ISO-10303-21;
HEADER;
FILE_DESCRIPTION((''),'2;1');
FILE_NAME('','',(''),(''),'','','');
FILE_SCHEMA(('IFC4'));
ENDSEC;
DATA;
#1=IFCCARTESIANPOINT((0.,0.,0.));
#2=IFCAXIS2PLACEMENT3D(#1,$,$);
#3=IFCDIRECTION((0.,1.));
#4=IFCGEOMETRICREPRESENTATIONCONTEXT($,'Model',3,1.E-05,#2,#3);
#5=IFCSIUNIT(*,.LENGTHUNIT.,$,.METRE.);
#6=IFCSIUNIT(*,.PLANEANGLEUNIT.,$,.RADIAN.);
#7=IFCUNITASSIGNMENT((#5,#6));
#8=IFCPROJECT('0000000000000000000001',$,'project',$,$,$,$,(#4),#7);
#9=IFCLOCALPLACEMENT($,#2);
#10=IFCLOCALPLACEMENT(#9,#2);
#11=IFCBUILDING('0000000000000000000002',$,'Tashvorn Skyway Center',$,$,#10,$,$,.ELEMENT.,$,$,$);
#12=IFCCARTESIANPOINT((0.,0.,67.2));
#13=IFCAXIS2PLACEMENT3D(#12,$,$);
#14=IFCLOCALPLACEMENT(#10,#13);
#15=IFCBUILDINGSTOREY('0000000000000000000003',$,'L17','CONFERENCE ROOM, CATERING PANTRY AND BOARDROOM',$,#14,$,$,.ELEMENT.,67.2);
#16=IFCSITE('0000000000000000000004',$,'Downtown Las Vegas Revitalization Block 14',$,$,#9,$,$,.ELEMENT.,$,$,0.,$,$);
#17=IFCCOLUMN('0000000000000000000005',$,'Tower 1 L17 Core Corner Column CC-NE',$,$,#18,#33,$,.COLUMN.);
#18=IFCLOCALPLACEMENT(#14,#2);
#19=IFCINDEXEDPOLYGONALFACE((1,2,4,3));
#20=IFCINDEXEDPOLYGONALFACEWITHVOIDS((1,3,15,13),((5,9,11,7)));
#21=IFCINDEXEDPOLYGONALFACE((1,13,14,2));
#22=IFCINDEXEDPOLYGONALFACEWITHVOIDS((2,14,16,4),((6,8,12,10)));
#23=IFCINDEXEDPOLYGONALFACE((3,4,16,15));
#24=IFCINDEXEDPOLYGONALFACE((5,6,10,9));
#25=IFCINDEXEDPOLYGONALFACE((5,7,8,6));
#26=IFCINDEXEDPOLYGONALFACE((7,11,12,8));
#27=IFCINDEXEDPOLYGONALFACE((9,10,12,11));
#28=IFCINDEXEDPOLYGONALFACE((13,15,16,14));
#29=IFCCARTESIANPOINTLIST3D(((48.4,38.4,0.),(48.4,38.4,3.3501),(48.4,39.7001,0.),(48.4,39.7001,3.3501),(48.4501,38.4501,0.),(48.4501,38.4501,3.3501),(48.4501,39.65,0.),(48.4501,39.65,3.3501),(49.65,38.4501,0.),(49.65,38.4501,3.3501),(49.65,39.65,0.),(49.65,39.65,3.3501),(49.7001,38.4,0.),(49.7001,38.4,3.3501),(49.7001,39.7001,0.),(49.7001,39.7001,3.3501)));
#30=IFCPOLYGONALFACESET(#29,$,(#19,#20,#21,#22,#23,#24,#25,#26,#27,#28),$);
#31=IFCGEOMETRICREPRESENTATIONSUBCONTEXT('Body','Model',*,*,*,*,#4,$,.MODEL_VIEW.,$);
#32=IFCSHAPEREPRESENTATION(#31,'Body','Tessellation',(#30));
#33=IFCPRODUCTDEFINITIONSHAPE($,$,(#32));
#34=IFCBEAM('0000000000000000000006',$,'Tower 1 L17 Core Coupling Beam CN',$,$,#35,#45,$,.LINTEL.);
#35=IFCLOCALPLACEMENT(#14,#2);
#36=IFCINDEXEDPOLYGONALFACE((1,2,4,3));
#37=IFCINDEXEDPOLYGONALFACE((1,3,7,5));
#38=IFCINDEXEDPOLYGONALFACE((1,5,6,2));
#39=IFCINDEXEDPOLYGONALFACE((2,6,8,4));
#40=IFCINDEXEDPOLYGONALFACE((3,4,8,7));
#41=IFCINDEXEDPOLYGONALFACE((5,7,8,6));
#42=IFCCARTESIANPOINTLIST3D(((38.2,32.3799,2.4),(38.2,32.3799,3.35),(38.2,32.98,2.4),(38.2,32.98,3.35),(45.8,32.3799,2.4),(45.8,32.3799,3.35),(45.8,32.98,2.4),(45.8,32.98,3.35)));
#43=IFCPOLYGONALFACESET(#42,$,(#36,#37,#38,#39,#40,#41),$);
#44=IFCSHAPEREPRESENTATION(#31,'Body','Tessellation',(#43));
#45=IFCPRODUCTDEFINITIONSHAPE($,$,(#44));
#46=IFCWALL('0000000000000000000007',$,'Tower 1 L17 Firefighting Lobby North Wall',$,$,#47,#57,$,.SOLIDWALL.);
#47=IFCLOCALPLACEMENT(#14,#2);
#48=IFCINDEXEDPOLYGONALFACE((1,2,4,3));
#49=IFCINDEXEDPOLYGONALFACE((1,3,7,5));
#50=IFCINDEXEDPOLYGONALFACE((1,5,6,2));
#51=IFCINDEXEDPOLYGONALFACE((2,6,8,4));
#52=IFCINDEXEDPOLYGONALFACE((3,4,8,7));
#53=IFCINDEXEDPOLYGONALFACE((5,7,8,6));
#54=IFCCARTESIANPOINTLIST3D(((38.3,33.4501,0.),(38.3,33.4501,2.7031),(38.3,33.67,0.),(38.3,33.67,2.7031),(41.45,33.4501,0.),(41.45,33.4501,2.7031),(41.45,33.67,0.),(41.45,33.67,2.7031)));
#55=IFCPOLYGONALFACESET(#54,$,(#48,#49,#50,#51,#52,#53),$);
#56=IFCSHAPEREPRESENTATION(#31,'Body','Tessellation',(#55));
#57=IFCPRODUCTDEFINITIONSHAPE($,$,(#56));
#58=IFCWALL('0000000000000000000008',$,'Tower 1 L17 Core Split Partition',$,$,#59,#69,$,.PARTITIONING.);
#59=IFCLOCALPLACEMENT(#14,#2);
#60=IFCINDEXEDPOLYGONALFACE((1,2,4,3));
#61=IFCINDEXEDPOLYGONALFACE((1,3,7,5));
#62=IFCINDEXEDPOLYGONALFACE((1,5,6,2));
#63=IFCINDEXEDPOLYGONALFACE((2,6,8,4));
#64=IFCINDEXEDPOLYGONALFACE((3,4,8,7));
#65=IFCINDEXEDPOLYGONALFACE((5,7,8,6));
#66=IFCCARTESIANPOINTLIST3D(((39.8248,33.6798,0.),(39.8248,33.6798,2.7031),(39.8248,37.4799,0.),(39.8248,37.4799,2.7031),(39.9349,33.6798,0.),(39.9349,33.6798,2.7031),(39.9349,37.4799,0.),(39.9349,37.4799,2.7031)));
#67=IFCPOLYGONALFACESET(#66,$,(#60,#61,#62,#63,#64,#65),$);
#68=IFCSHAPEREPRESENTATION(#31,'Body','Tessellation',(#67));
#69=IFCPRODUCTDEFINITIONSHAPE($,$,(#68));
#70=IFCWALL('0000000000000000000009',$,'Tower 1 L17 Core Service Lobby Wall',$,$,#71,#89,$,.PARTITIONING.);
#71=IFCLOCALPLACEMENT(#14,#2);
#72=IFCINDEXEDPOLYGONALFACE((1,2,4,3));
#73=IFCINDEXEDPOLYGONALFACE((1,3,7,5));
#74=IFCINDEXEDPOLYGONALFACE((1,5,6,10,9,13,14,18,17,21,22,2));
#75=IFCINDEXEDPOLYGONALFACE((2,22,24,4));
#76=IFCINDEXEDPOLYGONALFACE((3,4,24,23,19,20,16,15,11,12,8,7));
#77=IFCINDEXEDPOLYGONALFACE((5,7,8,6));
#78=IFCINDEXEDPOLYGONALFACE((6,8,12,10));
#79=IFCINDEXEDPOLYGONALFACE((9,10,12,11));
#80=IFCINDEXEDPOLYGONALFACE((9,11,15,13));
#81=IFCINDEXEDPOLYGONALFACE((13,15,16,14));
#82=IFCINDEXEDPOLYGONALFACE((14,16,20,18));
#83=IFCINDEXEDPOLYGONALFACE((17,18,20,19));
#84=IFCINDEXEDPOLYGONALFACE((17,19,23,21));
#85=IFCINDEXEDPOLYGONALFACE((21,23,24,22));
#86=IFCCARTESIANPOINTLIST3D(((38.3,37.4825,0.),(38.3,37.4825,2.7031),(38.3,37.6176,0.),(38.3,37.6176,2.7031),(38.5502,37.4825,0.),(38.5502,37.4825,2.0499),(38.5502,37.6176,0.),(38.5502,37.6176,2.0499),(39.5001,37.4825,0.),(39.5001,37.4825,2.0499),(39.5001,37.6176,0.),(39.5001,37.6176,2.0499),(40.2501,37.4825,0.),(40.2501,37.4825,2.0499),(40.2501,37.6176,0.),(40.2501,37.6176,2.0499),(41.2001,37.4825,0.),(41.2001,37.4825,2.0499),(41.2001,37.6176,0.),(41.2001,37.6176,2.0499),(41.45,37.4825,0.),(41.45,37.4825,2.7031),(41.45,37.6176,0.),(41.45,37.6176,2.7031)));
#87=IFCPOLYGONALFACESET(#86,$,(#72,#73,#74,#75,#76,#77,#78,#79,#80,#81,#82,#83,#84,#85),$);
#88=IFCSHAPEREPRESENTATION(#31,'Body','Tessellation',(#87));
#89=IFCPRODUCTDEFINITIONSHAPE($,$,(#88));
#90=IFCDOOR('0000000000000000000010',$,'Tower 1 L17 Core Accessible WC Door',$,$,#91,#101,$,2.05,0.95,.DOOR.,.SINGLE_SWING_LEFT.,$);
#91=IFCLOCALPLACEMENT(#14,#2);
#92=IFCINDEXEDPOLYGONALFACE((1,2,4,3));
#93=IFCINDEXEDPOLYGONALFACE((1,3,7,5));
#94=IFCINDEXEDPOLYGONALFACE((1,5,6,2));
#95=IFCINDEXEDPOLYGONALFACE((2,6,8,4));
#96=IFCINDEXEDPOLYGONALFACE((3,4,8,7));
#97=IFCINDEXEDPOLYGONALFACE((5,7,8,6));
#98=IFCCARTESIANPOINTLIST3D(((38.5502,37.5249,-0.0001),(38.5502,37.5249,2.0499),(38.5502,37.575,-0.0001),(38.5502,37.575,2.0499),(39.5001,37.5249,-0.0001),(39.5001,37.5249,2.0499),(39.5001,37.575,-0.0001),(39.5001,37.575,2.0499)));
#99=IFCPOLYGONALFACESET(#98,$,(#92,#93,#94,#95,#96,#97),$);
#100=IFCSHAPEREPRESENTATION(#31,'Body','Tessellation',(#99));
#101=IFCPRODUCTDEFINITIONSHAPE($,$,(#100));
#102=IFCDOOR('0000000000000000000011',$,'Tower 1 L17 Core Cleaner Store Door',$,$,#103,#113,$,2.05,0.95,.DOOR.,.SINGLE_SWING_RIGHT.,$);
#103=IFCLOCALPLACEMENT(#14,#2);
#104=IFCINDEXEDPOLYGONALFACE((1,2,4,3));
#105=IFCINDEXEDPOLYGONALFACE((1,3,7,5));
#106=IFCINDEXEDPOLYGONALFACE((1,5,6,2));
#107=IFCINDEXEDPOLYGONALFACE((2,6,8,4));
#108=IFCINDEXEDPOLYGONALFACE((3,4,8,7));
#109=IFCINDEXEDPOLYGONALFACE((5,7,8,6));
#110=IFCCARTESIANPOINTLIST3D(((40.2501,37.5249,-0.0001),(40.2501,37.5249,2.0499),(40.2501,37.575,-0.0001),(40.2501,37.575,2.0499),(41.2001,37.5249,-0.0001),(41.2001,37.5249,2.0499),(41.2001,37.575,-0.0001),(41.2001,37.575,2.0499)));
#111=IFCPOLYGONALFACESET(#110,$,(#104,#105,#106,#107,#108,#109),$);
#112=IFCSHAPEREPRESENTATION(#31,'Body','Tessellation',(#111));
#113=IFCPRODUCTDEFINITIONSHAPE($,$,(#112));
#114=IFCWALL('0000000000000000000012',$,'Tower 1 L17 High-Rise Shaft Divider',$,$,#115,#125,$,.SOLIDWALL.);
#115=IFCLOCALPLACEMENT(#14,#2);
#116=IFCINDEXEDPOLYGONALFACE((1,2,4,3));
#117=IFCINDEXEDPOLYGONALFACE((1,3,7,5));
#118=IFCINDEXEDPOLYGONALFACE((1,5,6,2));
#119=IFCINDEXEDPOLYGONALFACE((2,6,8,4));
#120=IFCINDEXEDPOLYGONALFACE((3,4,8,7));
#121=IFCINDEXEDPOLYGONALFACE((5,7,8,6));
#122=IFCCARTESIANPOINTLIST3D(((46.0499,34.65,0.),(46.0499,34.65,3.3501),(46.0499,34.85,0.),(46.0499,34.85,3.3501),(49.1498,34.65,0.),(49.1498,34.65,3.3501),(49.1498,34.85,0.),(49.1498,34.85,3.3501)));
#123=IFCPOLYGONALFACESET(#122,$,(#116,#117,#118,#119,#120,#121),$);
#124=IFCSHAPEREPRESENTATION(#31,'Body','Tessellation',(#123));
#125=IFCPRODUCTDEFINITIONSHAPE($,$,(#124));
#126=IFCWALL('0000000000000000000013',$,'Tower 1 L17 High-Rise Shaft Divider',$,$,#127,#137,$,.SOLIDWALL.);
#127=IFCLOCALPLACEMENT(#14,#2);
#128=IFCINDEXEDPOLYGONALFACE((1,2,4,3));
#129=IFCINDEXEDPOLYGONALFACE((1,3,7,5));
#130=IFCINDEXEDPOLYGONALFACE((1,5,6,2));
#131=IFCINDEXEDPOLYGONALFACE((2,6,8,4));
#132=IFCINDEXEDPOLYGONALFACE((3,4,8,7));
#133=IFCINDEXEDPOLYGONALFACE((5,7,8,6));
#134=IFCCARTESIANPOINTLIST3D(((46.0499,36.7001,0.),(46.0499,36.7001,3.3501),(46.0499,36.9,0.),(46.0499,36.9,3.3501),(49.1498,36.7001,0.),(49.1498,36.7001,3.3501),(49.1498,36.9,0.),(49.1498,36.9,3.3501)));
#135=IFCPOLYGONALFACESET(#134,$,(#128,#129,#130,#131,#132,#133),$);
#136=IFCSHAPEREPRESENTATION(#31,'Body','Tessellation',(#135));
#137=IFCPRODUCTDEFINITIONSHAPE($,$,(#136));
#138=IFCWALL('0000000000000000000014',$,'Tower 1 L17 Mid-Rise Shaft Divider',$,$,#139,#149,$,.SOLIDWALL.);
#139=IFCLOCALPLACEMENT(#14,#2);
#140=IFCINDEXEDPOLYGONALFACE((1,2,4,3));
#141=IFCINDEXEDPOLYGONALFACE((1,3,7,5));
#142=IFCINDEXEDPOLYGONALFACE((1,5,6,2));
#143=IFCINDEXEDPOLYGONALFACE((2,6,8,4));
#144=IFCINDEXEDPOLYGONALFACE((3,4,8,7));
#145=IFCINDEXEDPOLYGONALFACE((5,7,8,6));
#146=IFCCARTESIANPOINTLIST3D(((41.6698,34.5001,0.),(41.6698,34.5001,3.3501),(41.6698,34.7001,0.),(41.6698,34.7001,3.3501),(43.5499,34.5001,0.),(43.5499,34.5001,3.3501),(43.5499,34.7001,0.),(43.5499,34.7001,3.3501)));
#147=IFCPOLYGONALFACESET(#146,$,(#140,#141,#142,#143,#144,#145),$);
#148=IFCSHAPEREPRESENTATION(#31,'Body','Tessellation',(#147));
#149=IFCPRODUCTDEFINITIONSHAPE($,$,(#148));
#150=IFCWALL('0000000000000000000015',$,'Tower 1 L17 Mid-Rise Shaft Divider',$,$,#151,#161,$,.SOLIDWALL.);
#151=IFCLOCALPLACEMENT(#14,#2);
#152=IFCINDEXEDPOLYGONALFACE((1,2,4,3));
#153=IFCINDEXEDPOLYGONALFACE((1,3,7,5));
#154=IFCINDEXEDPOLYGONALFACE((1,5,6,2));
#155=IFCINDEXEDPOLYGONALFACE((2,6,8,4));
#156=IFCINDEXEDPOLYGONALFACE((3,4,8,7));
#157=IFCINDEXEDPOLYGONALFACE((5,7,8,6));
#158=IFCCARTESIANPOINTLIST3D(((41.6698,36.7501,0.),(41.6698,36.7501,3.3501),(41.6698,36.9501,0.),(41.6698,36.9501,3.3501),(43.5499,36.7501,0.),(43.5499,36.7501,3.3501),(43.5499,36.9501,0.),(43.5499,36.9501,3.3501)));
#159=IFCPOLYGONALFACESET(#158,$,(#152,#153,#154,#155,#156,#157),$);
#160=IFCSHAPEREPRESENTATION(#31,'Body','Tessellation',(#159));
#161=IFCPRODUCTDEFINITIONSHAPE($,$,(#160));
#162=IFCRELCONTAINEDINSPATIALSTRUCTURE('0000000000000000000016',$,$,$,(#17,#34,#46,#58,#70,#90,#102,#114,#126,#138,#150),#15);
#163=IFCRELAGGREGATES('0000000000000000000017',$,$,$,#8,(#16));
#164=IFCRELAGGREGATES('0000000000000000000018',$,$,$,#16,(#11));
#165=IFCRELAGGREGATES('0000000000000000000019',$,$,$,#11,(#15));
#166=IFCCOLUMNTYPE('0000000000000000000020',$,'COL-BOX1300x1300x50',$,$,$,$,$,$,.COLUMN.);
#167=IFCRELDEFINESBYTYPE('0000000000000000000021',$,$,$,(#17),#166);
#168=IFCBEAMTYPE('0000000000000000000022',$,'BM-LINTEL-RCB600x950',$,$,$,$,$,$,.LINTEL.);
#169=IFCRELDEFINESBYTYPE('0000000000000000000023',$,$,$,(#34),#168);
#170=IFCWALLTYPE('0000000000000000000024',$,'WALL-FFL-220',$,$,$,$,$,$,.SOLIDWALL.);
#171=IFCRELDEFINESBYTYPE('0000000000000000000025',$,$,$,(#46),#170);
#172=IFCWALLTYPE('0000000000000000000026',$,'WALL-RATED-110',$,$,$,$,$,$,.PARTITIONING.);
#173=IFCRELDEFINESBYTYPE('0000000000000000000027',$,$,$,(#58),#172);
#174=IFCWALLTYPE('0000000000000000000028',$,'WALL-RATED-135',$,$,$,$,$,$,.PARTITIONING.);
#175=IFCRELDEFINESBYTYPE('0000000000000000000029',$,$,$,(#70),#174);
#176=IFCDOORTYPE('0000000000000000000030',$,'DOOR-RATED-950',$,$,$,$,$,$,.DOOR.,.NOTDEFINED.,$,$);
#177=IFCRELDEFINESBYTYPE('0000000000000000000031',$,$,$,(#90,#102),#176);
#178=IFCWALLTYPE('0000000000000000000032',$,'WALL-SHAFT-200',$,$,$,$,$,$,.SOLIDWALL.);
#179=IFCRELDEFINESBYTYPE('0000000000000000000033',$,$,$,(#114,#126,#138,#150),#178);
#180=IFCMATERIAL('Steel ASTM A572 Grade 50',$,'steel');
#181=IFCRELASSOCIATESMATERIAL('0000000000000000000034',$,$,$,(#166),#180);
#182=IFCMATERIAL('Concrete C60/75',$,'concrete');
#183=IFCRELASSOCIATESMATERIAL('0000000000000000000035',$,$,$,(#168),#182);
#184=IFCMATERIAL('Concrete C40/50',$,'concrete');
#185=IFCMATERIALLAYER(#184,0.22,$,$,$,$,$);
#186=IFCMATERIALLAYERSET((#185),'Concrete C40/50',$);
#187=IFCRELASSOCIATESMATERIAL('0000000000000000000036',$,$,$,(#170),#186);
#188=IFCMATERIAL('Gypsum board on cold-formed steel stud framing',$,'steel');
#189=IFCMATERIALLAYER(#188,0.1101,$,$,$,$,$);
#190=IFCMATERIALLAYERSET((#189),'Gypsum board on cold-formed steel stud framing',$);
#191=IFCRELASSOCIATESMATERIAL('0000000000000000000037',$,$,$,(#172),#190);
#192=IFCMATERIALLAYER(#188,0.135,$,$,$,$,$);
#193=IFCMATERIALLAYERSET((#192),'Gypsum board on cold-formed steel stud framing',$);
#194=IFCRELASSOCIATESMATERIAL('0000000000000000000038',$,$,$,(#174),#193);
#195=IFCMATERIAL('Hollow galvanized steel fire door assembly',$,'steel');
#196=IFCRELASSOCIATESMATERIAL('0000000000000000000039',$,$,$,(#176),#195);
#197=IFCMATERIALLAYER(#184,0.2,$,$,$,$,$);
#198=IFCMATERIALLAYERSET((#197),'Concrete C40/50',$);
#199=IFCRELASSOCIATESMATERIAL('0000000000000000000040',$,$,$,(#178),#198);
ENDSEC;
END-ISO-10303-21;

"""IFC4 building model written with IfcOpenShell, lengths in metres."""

from ifc_helpers import new_model, si_unit, direction, frame, frame_2d, origin, origin_2d, place, context, subcontext, project, spatial, rectangle, hollow_rectangle, extrude, material, layer, layer_set, material_profile, profile_set, type_object, element, fill, save


model = new_model("IFC4")

# Units and contexts
model_context = context("Model", 3, precision=1e-05, world=origin(), true_north=direction((0.0, 1.0)))
body_context = subcontext(model_context, "Body", "Model", "MODEL_VIEW")
ifc_project = project(units=[si_unit("LENGTHUNIT", "METRE"), si_unit("PLANEANGLEUNIT", "RADIAN")], contexts=[model_context])

# Site, building, storey
site_placement = place(None, origin())
site = spatial("IfcSite", under=ifc_project, at=site_placement, Name="Downtown Las Vegas Revitalization Block 14", CompositionType="ELEMENT", RefElevation=0.0)
building_placement = place(site_placement, origin())
building = spatial("IfcBuilding", under=site, at=building_placement, Name="Tashvorn Skyway Center", CompositionType="ELEMENT")
storey_placement = place(building_placement, frame((0.0, 0.0, 67.2)))
storey = spatial("IfcBuildingStorey", under=building, at=storey_placement, Name="L17", Description="CONFERENCE ROOM, CATERING PANTRY AND BOARDROOM", CompositionType="ELEMENT", Elevation=67.2)

# Column
ifc_material_1 = material(Name="Steel ASTM A572 Grade 50", Category="steel")
ifc_material_profile_1 = material_profile(ifc_material_1, hollow_rectangle(XDim=1.3, YDim=1.3, WallThickness=0.05, at=origin_2d()), Name="BOX1300x1300x50")
ifc_profile_set_1 = profile_set([ifc_material_profile_1], Name="Steel ASTM A572 Grade 50")
column_type = type_object("IfcColumnType", Name="COL-BOX1300x1300x50", PredefinedType="COLUMN", material=ifc_profile_set_1)
column_placement = place(storey_placement, frame((49.05, 39.05, 0.0), z_axis=(0.0, 0.0, 1.0), x_axis=(1.0, 0.0, 0.0)))
element("IfcColumn", 1, at=column_placement, inside=storey, type_object=column_type, Name="Tower 1 L17 Core Corner Column CC-NE", PredefinedType="COLUMN", context=body_context, shape_type="SweptSolid", body=[
    extrude(hollow_rectangle(XDim=1.3, YDim=1.3, WallThickness=0.05, at=origin_2d()), origin(), (0.0, 0.0, 1.0), 3.3501),
])

# Beam
ifc_material_2 = material(Name="Concrete C60/75", Category="concrete")
ifc_material_profile_2 = material_profile(ifc_material_2, rectangle(XDim=0.6001, YDim=0.95, at=origin_2d()), Name="RCB600x950")
ifc_profile_set_2 = profile_set([ifc_material_profile_2], Name="Concrete C60/75")
beam_type = type_object("IfcBeamType", Name="BM-LINTEL-RCB600x950", PredefinedType="LINTEL", material=ifc_profile_set_2)
beam_placement = place(storey_placement, frame((38.2, 32.6799, 2.875), z_axis=(1.0, 0.0, 0.0), x_axis=(0.0, 1.0, 0.0)))
element("IfcBeam", 2, at=beam_placement, inside=storey, type_object=beam_type, Name="Tower 1 L17 Core Coupling Beam CN", PredefinedType="LINTEL", context=body_context, shape_type="SweptSolid", body=[
    extrude(rectangle(XDim=0.6001, YDim=0.95, at=origin_2d()), origin(), (0.0, 0.0, 1.0), 7.6001),
])

# Walls
ifc_material_3 = material(Name="Concrete C40/50", Category="concrete")
ifc_layer_1 = layer(ifc_material_3, 0.22)
ifc_layer_set_1 = layer_set([ifc_layer_1], Name="Concrete C40/50")
wall_type_1 = type_object("IfcWallType", Name="WALL-FFL-220", PredefinedType="SOLIDWALL", material=ifc_layer_set_1)
wall_1_placement = place(storey_placement, frame((38.3, 33.5601, 0.0), z_axis=(0.0, 0.0, 1.0), x_axis=(1.0, 0.0, 0.0)))
element("IfcWall", 3, at=wall_1_placement, inside=storey, type_object=wall_type_1, Name="Tower 1 L17 Firefighting Lobby North Wall", PredefinedType="SOLIDWALL", context=body_context, shape_type="SweptSolid", body=[
    extrude(rectangle(XDim=3.1499, YDim=0.22, at=frame_2d((1.575, 0.0))), origin(), (0.0, 0.0, 1.0), 2.7031),
])
ifc_material_4 = material(Name="Gypsum board on cold-formed steel stud framing", Category="steel")
ifc_layer_2 = layer(ifc_material_4, 0.1101)
ifc_layer_set_2 = layer_set([ifc_layer_2], Name="Gypsum board on cold-formed steel stud framing")
wall_type_2 = type_object("IfcWallType", Name="WALL-RATED-110", PredefinedType="PARTITIONING", material=ifc_layer_set_2)
wall_2_placement = place(storey_placement, frame((39.8799, 33.6799, 0.0), z_axis=(0.0, 0.0, 1.0), x_axis=(0.0, 1.0, 0.0)))
element("IfcWall", 4, at=wall_2_placement, inside=storey, type_object=wall_type_2, Name="Tower 1 L17 Core Split Partition", PredefinedType="PARTITIONING", context=body_context, shape_type="SweptSolid", body=[
    extrude(rectangle(XDim=3.8, YDim=0.1101, at=frame_2d((1.8999, 0.0))), origin(), (0.0, 0.0, 1.0), 2.7031),
])

# Wall, openings, doors
ifc_layer_3 = layer(ifc_material_4, 0.135)
ifc_layer_set_3 = layer_set([ifc_layer_3], Name="Gypsum board on cold-formed steel stud framing")
wall_type_3 = type_object("IfcWallType", Name="WALL-RATED-135", PredefinedType="PARTITIONING", material=ifc_layer_set_3)
wall_3_placement = place(storey_placement, frame((38.3, 37.55, 0.0), z_axis=(0.0, 0.0, 1.0), x_axis=(1.0, 0.0, 0.0)))
wall_3 = element("IfcWall", 5, at=wall_3_placement, inside=storey, type_object=wall_type_3, Name="Tower 1 L17 Core Service Lobby Wall", PredefinedType="PARTITIONING", context=body_context, shape_type="SweptSolid", body=[
    extrude(rectangle(XDim=3.1499, YDim=0.135, at=frame_2d((1.575, 0.0))), origin(), (0.0, 0.0, 1.0), 2.7031),
])
opening_1_placement = place(wall_3_placement, frame((0.25, 0.0, 0.0)))
opening_1 = element("IfcOpeningElement", 6, at=opening_1_placement, cuts=wall_3, PredefinedType="OPENING", context=body_context, shape_type="SweptSolid", body=[
    extrude(rectangle(XDim=0.95, YDim=2.05, at=frame_2d((0.4751, 1.0249))), frame((0.0, 0.0774, 0.0), z_axis=(0.0, -1.0, 0.0), x_axis=(1.0, 0.0, 0.0)), (0.0, 0.0, 1.0), 0.155),
])
opening_2_placement = place(wall_3_placement, frame((1.95, 0.0, 0.0)))
opening_2 = element("IfcOpeningElement", 7, at=opening_2_placement, cuts=wall_3, PredefinedType="OPENING", context=body_context, shape_type="SweptSolid", body=[
    extrude(rectangle(XDim=0.95, YDim=2.05, at=frame_2d((0.4751, 1.0249))), frame((0.0, 0.0774, 0.0), z_axis=(0.0, -1.0, 0.0), x_axis=(1.0, 0.0, 0.0)), (0.0, 0.0, 1.0), 0.155),
])
ifc_material_5 = material(Name="Hollow galvanized steel fire door assembly", Category="steel")
door_type_1 = type_object("IfcDoorType", Name="DOOR-RATED-950", OperationType="NOTDEFINED", PredefinedType="DOOR", material=ifc_material_5)
door_1_placement = place(opening_1_placement, origin())
door_1 = element("IfcDoor", 8, at=door_1_placement, inside=storey, type_object=door_type_1, Name="Tower 1 L17 Core Accessible WC Door", OperationType="SINGLE_SWING_LEFT", OverallHeight=2.05, OverallWidth=0.95, PredefinedType="DOOR", context=body_context, shape_type="SweptSolid", body=[
    extrude(rectangle(XDim=0.95, YDim=2.05, at=frame_2d((0.4751, 1.0249))), frame((0.0, 0.0249, 0.0), z_axis=(0.0, -1.0, 0.0), x_axis=(1.0, 0.0, 0.0)), (0.0, 0.0, 1.0), 0.05),
])
fill(opening_1, door_1)
door_2_placement = place(opening_2_placement, origin())
door_2 = element("IfcDoor", 9, at=door_2_placement, inside=storey, type_object=door_type_1, Name="Tower 1 L17 Core Cleaner Store Door", OperationType="SINGLE_SWING_RIGHT", OverallHeight=2.05, OverallWidth=0.95, PredefinedType="DOOR", context=body_context, shape_type="SweptSolid", body=[
    extrude(rectangle(XDim=0.95, YDim=2.05, at=frame_2d((0.4751, 1.0249))), frame((0.0, 0.0249, 0.0), z_axis=(0.0, -1.0, 0.0), x_axis=(1.0, 0.0, 0.0)), (0.0, 0.0, 1.0), 0.05),
])
fill(opening_2, door_2)

# Walls
ifc_layer_4 = layer(ifc_material_3, 0.2)
ifc_layer_set_4 = layer_set([ifc_layer_4], Name="Concrete C40/50")
wall_type_4 = type_object("IfcWallType", Name="WALL-SHAFT-200", PredefinedType="SOLIDWALL", material=ifc_layer_set_4)
for number, where, z_axis, x_axis, name in (
    (10, (46.05, 34.75, 0.0), (0.0, 0.0, 1.0), (1.0, 0.0, 0.0), "Tower 1 L17 High-Rise Shaft Divider"),
    (11, (46.05, 36.8, 0.0), (0.0, 0.0, 1.0), (1.0, 0.0, 0.0), "Tower 1 L17 High-Rise Shaft Divider"),
):
    element("IfcWall", number, at=place(storey_placement, frame(where, z_axis=z_axis, x_axis=x_axis)), inside=storey, type_object=wall_type_4, Name=name, PredefinedType="SOLIDWALL", context=body_context, shape_type="SweptSolid", body=[
        extrude(rectangle(XDim=3.0999, YDim=0.2, at=frame_2d((1.5498, 0.0))), origin(), (0.0, 0.0, 1.0), 3.3501),
    ])
for number, where, z_axis, x_axis, name in (
    (12, (41.6699, 34.6001, 0.0), (0.0, 0.0, 1.0), (1.0, 0.0, 0.0), "Tower 1 L17 Mid-Rise Shaft Divider"),
    (13, (41.6699, 36.8501, 0.0), (0.0, 0.0, 1.0), (1.0, 0.0, 0.0), "Tower 1 L17 Mid-Rise Shaft Divider"),
):
    element("IfcWall", number, at=place(storey_placement, frame(where, z_axis=z_axis, x_axis=x_axis)), inside=storey, type_object=wall_type_4, Name=name, PredefinedType="SOLIDWALL", context=body_context, shape_type="SweptSolid", body=[
        extrude(rectangle(XDim=1.8801, YDim=0.2, at=frame_2d((0.9399, 0.0))), origin(), (0.0, 0.0, 1.0), 3.3501),
    ])

save(model, "model.ifc")
